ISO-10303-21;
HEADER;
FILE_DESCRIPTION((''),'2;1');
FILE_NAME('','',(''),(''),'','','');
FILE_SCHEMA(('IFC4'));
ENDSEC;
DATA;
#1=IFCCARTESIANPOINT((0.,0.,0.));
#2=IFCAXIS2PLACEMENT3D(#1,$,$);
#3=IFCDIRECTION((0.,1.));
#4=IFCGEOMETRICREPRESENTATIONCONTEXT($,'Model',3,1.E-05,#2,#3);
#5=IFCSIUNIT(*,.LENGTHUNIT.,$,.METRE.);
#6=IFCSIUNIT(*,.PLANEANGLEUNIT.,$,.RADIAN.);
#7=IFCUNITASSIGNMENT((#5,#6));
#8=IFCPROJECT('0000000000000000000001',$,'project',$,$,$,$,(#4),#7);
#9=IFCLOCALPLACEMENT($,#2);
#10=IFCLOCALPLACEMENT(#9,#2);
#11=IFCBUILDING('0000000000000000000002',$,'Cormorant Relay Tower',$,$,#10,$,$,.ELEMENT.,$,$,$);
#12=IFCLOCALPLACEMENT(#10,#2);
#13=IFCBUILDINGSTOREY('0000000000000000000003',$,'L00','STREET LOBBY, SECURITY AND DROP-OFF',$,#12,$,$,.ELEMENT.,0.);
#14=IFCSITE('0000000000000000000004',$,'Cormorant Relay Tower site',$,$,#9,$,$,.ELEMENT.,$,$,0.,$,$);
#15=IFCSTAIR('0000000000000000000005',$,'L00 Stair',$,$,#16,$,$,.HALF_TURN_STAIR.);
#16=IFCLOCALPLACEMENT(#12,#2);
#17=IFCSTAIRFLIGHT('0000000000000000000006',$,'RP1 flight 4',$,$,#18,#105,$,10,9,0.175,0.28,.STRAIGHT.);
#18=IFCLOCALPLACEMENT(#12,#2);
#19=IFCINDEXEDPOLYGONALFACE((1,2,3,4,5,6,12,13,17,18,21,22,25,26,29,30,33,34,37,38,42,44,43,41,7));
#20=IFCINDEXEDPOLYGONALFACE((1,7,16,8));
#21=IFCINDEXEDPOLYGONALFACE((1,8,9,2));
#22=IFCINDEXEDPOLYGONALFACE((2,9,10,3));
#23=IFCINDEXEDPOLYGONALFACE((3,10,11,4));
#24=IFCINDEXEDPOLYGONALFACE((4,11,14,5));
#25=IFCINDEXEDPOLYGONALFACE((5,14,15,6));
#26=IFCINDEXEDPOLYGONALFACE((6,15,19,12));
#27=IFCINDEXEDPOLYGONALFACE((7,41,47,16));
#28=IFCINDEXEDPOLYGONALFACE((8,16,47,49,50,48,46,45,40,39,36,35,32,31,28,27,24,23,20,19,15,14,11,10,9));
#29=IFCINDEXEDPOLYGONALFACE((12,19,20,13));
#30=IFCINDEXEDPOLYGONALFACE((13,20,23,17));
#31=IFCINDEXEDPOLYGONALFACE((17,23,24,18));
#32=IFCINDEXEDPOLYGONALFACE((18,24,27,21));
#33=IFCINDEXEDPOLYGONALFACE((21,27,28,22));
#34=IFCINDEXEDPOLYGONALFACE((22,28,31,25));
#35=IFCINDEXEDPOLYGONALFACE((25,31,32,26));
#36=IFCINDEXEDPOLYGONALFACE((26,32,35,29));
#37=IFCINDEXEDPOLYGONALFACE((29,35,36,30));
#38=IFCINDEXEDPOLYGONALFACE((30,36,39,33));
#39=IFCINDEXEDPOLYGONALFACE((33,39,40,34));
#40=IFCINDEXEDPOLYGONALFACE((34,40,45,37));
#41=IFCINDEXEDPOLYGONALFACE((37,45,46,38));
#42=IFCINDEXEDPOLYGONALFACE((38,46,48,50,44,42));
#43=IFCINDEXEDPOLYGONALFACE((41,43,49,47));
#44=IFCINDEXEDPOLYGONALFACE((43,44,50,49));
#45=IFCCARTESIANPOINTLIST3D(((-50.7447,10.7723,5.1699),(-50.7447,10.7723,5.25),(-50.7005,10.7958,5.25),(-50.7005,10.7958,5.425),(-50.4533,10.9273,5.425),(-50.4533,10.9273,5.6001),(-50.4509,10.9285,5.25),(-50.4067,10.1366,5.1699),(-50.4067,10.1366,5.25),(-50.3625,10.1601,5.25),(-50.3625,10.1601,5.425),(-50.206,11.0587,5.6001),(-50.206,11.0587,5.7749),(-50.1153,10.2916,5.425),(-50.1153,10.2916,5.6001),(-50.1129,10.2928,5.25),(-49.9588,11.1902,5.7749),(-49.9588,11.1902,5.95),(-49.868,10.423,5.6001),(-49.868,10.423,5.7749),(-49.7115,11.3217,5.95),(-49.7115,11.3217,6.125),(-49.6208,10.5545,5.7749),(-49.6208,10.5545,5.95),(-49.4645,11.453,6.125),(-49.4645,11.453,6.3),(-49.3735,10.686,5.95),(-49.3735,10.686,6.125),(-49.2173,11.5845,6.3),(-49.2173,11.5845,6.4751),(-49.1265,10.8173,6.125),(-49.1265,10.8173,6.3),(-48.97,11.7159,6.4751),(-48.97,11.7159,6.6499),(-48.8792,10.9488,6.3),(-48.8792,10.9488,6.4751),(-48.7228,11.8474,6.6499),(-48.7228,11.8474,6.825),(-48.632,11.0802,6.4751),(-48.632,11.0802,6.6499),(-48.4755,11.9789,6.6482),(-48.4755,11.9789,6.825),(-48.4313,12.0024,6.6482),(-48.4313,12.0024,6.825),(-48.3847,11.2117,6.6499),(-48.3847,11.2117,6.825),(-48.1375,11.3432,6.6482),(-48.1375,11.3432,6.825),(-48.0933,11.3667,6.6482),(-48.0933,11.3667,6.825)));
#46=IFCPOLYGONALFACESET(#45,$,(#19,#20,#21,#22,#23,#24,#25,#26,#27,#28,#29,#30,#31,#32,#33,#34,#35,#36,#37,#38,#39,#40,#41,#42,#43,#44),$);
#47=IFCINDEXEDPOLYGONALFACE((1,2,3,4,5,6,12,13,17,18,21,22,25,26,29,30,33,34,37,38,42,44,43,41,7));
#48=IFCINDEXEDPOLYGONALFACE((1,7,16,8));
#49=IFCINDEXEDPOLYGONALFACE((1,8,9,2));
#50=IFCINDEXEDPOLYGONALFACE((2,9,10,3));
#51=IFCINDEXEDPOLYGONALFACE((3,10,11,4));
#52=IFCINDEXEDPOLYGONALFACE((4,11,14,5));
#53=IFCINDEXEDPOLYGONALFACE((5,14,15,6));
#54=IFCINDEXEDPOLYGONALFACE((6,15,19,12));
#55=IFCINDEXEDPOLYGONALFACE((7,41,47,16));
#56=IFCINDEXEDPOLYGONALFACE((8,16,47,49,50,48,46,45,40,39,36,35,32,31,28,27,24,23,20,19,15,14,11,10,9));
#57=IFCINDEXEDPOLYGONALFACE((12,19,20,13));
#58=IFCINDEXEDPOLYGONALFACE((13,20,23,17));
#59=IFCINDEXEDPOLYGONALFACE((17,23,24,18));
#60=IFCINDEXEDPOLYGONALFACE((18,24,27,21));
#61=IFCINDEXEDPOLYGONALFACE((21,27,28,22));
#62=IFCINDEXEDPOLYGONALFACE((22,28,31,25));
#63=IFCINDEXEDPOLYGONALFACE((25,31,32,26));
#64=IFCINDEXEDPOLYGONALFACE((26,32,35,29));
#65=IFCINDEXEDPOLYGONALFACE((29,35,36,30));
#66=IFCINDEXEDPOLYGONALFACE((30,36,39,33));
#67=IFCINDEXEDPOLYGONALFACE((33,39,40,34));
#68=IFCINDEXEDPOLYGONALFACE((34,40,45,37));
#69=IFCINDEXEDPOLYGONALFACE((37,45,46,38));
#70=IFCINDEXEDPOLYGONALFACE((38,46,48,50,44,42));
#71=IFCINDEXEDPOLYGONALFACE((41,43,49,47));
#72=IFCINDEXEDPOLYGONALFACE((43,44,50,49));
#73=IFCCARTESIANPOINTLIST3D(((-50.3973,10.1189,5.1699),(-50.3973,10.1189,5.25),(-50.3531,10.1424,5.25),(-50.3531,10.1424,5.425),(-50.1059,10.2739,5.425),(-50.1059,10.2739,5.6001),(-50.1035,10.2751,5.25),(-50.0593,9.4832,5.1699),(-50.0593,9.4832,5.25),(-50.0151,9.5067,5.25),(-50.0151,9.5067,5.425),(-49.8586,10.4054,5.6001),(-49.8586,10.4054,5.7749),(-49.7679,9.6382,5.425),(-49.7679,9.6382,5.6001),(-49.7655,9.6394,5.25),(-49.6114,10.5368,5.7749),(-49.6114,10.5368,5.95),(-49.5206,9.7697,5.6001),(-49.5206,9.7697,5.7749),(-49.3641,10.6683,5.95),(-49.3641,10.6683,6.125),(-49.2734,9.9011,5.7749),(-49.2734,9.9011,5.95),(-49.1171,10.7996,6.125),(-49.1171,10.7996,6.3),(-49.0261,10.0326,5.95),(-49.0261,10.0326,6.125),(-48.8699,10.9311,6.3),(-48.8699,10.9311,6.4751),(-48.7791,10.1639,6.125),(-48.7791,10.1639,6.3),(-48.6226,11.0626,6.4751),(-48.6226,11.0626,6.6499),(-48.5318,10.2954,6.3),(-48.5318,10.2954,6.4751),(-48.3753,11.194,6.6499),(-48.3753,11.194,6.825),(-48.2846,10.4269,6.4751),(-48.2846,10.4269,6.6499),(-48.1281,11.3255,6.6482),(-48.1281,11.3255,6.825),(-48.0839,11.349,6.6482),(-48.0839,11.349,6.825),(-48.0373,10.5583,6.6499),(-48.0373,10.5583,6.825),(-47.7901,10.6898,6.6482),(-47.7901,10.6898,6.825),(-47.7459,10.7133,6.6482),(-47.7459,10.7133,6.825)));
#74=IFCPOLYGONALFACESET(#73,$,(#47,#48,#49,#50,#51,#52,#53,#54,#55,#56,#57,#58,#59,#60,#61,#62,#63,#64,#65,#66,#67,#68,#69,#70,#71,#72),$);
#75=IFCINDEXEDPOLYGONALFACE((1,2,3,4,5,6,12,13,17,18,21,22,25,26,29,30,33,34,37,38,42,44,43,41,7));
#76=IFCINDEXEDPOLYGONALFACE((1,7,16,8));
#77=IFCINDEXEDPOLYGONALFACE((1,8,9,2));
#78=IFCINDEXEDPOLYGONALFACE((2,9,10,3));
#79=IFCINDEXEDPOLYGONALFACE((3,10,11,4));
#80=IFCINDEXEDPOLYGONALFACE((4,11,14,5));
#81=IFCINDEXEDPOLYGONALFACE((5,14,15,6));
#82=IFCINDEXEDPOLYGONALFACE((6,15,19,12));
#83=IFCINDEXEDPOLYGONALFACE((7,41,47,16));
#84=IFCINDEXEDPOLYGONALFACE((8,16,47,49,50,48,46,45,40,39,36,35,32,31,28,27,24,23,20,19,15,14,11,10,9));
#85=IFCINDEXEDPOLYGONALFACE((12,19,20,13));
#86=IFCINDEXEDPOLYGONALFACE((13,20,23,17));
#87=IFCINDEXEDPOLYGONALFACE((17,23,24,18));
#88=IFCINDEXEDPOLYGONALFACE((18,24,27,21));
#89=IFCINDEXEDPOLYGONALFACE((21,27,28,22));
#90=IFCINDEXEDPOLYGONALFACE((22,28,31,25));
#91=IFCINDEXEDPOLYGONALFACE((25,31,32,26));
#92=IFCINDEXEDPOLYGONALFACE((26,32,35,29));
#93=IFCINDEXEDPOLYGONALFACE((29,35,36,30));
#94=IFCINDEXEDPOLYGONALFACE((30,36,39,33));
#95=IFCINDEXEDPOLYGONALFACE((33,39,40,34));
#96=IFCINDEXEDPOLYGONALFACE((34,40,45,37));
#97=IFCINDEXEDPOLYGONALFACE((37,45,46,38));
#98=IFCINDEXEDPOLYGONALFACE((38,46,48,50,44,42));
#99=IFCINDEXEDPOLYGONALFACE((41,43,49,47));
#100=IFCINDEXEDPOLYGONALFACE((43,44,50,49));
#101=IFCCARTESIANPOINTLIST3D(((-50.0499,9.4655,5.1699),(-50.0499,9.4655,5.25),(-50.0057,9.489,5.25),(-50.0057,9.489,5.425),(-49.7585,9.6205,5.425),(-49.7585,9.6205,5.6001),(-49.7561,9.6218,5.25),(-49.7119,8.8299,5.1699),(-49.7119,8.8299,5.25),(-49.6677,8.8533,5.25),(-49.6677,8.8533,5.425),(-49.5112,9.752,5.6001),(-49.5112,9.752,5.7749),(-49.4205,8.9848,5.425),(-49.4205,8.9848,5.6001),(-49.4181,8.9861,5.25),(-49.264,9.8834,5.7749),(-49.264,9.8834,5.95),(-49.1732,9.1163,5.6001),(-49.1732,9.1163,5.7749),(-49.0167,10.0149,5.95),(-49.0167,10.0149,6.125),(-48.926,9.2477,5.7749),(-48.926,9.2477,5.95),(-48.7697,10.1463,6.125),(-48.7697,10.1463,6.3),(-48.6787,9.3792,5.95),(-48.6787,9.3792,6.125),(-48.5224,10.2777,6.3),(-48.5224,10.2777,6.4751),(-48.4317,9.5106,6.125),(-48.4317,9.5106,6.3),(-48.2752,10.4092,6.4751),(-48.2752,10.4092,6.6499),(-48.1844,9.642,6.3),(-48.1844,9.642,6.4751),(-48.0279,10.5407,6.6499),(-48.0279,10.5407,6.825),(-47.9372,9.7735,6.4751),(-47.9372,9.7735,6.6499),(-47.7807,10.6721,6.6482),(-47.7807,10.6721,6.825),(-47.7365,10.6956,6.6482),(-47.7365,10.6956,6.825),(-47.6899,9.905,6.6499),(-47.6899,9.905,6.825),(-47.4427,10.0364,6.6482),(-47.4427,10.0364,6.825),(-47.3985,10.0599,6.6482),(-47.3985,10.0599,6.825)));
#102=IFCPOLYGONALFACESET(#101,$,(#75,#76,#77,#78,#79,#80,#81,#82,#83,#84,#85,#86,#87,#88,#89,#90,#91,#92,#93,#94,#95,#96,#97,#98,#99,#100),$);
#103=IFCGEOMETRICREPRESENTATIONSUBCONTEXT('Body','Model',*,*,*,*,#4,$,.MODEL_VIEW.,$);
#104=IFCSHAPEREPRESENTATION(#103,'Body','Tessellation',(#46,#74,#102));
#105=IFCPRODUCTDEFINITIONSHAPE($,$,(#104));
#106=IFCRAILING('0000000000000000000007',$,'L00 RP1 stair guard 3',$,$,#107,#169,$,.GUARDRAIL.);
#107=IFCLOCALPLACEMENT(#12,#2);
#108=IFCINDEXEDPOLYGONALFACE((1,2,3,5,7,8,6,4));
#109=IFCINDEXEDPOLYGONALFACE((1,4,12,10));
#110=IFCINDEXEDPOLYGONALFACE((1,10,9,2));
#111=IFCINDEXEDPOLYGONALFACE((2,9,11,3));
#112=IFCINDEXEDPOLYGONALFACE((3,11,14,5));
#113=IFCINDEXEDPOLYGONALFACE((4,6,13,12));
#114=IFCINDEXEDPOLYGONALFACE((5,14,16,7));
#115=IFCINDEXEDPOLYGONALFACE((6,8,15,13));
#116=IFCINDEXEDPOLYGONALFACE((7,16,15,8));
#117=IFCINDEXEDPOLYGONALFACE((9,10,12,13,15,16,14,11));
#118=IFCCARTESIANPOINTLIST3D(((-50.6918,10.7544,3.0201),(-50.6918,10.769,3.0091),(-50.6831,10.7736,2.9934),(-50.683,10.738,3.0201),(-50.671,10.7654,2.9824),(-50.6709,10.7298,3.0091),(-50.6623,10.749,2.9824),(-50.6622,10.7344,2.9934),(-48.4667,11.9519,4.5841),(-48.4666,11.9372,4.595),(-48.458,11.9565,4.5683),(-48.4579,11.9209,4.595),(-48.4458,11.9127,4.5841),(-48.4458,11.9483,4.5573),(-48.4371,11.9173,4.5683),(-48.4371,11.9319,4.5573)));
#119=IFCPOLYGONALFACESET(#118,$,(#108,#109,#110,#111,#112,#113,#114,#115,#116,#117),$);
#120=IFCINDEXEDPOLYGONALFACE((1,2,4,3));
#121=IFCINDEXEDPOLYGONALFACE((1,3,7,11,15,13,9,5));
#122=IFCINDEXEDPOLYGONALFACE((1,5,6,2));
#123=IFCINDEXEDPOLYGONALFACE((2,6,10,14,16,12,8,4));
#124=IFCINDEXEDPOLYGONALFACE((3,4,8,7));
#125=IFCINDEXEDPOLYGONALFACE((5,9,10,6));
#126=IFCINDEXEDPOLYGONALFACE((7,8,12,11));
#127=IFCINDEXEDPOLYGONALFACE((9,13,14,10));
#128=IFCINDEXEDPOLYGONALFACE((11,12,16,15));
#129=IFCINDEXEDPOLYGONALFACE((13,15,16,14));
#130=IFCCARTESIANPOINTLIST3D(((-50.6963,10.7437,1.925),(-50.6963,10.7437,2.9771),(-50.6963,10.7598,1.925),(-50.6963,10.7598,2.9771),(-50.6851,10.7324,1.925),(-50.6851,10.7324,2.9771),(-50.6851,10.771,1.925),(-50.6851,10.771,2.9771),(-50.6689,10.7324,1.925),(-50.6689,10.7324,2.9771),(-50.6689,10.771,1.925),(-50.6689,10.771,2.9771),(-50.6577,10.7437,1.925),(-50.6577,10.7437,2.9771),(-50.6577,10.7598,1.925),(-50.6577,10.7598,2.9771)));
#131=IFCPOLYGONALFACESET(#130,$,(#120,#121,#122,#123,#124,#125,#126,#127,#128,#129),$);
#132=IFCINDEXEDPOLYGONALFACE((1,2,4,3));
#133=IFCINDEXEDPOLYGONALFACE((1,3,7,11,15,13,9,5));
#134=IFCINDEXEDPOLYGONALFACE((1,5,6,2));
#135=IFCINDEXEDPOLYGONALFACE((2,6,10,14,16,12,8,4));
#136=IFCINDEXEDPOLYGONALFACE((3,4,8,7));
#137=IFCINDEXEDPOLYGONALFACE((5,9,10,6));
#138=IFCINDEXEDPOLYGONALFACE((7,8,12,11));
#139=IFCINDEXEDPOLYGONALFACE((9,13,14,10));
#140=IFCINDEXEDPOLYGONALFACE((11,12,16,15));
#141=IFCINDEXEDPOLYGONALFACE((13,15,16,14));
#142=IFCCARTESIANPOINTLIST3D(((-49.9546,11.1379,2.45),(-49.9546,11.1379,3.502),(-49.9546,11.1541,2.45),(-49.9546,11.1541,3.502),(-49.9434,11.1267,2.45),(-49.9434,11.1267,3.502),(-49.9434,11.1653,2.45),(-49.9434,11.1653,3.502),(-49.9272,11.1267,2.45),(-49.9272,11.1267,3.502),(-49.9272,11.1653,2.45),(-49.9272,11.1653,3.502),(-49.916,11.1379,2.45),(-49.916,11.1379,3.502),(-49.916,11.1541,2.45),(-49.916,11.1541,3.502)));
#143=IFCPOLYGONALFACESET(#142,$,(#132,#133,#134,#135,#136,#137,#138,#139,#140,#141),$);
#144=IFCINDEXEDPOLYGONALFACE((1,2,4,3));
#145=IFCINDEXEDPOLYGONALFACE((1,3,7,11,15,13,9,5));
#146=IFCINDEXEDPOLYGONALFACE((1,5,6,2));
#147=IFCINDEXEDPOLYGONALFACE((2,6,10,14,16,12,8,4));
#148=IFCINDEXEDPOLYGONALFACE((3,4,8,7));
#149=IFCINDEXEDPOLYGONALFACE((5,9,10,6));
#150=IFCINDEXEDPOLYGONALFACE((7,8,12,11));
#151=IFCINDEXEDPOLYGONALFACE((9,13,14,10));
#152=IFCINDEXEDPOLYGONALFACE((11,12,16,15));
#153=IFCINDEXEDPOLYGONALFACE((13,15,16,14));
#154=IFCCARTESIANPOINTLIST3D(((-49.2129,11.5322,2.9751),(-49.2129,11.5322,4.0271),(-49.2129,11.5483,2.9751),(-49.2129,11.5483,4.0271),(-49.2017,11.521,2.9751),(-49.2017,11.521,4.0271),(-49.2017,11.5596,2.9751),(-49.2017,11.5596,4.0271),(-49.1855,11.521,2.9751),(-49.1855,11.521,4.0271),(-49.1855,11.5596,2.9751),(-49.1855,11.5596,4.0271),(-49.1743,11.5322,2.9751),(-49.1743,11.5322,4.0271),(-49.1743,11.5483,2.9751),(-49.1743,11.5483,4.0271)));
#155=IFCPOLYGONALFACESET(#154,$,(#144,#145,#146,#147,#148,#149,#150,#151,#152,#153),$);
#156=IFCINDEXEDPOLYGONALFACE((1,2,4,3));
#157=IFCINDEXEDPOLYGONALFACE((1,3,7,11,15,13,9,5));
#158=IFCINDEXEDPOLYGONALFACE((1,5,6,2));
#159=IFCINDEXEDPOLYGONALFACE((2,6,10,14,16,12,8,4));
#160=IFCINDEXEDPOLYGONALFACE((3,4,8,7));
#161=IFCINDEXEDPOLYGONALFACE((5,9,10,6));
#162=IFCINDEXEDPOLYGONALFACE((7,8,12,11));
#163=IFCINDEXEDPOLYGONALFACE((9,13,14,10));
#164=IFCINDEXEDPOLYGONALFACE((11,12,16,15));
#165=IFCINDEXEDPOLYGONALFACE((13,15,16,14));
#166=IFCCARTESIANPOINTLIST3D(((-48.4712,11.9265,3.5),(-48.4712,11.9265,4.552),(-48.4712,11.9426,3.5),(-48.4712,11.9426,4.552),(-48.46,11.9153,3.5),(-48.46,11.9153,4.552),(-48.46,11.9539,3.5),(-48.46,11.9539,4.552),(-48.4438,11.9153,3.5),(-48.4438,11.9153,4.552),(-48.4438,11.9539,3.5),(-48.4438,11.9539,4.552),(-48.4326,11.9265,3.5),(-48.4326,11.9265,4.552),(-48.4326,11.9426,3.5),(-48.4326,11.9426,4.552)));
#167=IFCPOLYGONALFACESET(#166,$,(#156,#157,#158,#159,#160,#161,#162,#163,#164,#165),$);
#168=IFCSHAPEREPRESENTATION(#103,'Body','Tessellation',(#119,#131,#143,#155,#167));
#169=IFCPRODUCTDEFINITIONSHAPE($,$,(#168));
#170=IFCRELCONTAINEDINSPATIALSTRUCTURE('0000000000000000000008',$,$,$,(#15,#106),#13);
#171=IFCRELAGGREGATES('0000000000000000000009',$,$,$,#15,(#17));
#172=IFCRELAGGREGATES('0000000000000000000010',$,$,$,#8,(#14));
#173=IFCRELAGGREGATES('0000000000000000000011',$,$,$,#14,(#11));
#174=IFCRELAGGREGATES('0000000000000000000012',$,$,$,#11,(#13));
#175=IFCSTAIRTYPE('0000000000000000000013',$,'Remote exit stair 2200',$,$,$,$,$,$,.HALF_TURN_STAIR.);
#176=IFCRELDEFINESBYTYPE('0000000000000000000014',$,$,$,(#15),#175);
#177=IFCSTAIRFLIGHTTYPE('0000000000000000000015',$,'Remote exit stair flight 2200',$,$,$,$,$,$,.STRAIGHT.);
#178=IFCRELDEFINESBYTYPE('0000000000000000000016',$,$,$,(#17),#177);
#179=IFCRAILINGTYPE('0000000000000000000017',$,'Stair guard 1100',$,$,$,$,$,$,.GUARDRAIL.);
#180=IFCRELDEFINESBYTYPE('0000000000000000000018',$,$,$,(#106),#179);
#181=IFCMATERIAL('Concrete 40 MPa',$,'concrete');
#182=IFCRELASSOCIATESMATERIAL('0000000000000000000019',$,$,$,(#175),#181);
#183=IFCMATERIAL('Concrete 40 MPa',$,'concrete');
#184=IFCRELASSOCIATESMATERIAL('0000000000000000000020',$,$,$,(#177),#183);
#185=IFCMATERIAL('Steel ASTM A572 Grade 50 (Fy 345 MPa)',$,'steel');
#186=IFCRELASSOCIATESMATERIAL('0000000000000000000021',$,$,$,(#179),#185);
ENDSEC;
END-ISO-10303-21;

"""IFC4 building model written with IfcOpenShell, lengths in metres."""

from ifc_helpers import new_model, si_unit, direction, frame, origin, place, context, subcontext, project, spatial, polyline, outline, extrude, material, type_object, element, aggregate, save


model = new_model("IFC4")

# Units and contexts
model_context = context("Model", 3, precision=1e-05, world=origin(), true_north=direction((0.0, 1.0)))
body_context = subcontext(model_context, "Body", "Model", "MODEL_VIEW")
ifc_project = project(units=[si_unit("LENGTHUNIT", "METRE"), si_unit("PLANEANGLEUNIT", "RADIAN")], contexts=[model_context])

# Site, building, storey
site_placement = place(None, origin())
site = spatial("IfcSite", under=ifc_project, at=site_placement, Name="Cormorant Relay Tower site", CompositionType="ELEMENT", RefElevation=0.0)
building_placement = place(site_placement, origin())
building = spatial("IfcBuilding", under=site, at=building_placement, Name="Cormorant Relay Tower", CompositionType="ELEMENT")
storey_placement = place(building_placement, origin())
storey = spatial("IfcBuildingStorey", under=building, at=storey_placement, Name="L00", Description="STREET LOBBY, SECURITY AND DROP-OFF", CompositionType="ELEMENT", Elevation=0.0)

# Stair, stair flight
ifc_material_1 = material(Name="Concrete 40 MPa", Category="concrete")
stair_type = type_object("IfcStairType", Name="Remote exit stair 2200", PredefinedType="HALF_TURN_STAIR", material=ifc_material_1)
stair_placement = place(storey_placement, origin())
stair = element("IfcStair", 1, at=stair_placement, inside=storey, type_object=stair_type, Name="L00 Stair", PredefinedType="HALF_TURN_STAIR")
ifc_material_2 = material(Name="Concrete 40 MPa", Category="concrete")
stair_flight_type = type_object("IfcStairFlightType", Name="Remote exit stair flight 2200", PredefinedType="STRAIGHT", material=ifc_material_2)
stair_flight_1_placement = place(storey_placement, frame((-50.1841, 9.8245, 5.25), z_axis=(0.0, 0.0, 1.0), x_axis=(0.882948, 0.469472, 0.0)))
stair_flight_1 = element("IfcStairFlight", 2, at=stair_flight_1_placement, type_object=stair_flight_type, Name="RP1 flight 4", NumberOfRisers=10, NumberOfTreads=9, PredefinedType="STRAIGHT", RiserHeight=0.175, TreadLength=0.28, context=body_context, shape_type="SweptSolid", body=[
    extrude(outline(polyline([(-0.05, -0.0801), (-0.05, 0.0), (0.0, 0.0), (0.0, 0.175), (0.28, 0.175), (0.28, 0.3501), (0.5601, 0.3501), (0.5601, 0.5249), (0.8401, 0.5249), (0.8401, 0.7), (1.1201, 0.7), (1.1201, 0.875), (1.3999, 0.875), (1.3999, 1.05), (1.6799, 1.05), (1.6799, 1.2251), (1.96, 1.2251), (1.96, 1.3999), (2.24, 1.3999), (2.24, 1.575), (2.52, 1.575), (2.5701, 1.575), (2.5701, 1.3982), (2.52, 1.3982), (0.2827, 0.0), (-0.05, -0.0801)])), frame((0.0, 1.1001, 0.0), z_axis=(0.0, -1.0, 0.0), x_axis=(1.0, 0.0, 0.0)), (0.0, 0.0, 1.0), 0.72),
    extrude(outline(polyline([(-0.05, -0.0801), (-0.05, 0.0), (0.0, 0.0), (0.0, 0.175), (0.28, 0.175), (0.28, 0.3501), (0.5601, 0.3501), (0.5601, 0.5249), (0.8401, 0.5249), (0.8401, 0.7), (1.1201, 0.7), (1.1201, 0.875), (1.3999, 0.875), (1.3999, 1.05), (1.6799, 1.05), (1.6799, 1.2251), (1.96, 1.2251), (1.96, 1.3999), (2.24, 1.3999), (2.24, 1.575), (2.52, 1.575), (2.5701, 1.575), (2.5701, 1.3982), (2.52, 1.3982), (0.2827, 0.0), (-0.05, -0.0801)])), frame((0.0, 0.3601, 0.0), z_axis=(0.0, -1.0, 0.0), x_axis=(1.0, 0.0, 0.0)), (0.0, 0.0, 1.0), 0.72),
    extrude(outline(polyline([(-0.05, -0.0801), (-0.05, 0.0), (0.0, 0.0), (0.0, 0.175), (0.28, 0.175), (0.28, 0.3501), (0.5601, 0.3501), (0.5601, 0.5249), (0.8401, 0.5249), (0.8401, 0.7), (1.1201, 0.7), (1.1201, 0.875), (1.3999, 0.875), (1.3999, 1.05), (1.6799, 1.05), (1.6799, 1.2251), (1.96, 1.2251), (1.96, 1.3999), (2.24, 1.3999), (2.24, 1.575), (2.52, 1.575), (2.5701, 1.575), (2.5701, 1.3982), (2.52, 1.3982), (0.2827, 0.0), (-0.05, -0.0801)])), frame((0.0, -0.3799, 0.0), z_axis=(0.0, -1.0, 0.0), x_axis=(1.0, 0.0, 0.0)), (0.0, 0.0, 1.0), 0.72),
])
aggregate(stair, [stair_flight_1])

# Railing
ifc_material_3 = material(Name="Steel ASTM A572 Grade 50 (Fy 345 MPa)", Category="steel")
railing_type = type_object("IfcRailingType", Name="Stair guard 1100", PredefinedType="GUARDRAIL", material=ifc_material_3)
railing_1_placement = place(storey_placement, frame((-50.677, 10.7517, 1.925)))
element("IfcRailing", 3, at=railing_1_placement, inside=storey, type_object=railing_type, Name="L00 RP1 stair guard 3", PredefinedType="GUARDRAIL", context=body_context, shape_type="SweptSolid", body=[
    extrude(outline(polyline([(0.0222, 0.0093), (0.0093, 0.0222), (-0.0093, 0.0222), (-0.0222, 0.0093), (-0.0222, -0.0093), (-0.0093, -0.0222), (0.0093, -0.0222), (0.0222, -0.0093), (0.0222, 0.0093)])), frame((0.0, 0.0, 1.0762), z_axis=(0.748776, 0.398049, 0.529993), x_axis=(-0.469396, 0.882988, 0.0)), (0.0, 0.0, 1.0), 2.9717),
    extrude(outline(polyline([(0.0193, 0.0081), (0.0081, 0.0193), (-0.0081, 0.0193), (-0.0193, 0.0081), (-0.0193, -0.0081), (-0.0081, -0.0193), (0.0081, -0.0193), (0.0193, -0.0081), (0.0193, 0.0081)])), origin(), (0.0, 0.0, 1.0), 1.052),
    extrude(outline(polyline([(0.0193, 0.0081), (0.0081, 0.0193), (-0.0081, 0.0193), (-0.0193, 0.0081), (-0.0193, -0.0081), (-0.0081, -0.0193), (0.0081, -0.0193), (0.0193, -0.0081), (0.0193, 0.0081)])), frame((0.7417, 0.3943, 0.5249)), (0.0, 0.0, 1.0), 1.052),
    extrude(outline(polyline([(0.0193, 0.0081), (0.0081, 0.0193), (-0.0081, 0.0193), (-0.0193, 0.0081), (-0.0193, -0.0081), (-0.0081, -0.0193), (0.0081, -0.0193), (0.0193, -0.0081), (0.0193, 0.0081)])), frame((1.4834, 0.7886, 1.05)), (0.0, 0.0, 1.0), 1.052),
    extrude(outline(polyline([(0.0193, 0.0081), (0.0081, 0.0193), (-0.0081, 0.0193), (-0.0193, 0.0081), (-0.0193, -0.0081), (-0.0081, -0.0193), (0.0081, -0.0193), (0.0193, -0.0081), (0.0193, 0.0081)])), frame((2.2251, 1.1829, 1.575)), (0.0, 0.0, 1.0), 1.052),
])

save(model, "model.ifc")
